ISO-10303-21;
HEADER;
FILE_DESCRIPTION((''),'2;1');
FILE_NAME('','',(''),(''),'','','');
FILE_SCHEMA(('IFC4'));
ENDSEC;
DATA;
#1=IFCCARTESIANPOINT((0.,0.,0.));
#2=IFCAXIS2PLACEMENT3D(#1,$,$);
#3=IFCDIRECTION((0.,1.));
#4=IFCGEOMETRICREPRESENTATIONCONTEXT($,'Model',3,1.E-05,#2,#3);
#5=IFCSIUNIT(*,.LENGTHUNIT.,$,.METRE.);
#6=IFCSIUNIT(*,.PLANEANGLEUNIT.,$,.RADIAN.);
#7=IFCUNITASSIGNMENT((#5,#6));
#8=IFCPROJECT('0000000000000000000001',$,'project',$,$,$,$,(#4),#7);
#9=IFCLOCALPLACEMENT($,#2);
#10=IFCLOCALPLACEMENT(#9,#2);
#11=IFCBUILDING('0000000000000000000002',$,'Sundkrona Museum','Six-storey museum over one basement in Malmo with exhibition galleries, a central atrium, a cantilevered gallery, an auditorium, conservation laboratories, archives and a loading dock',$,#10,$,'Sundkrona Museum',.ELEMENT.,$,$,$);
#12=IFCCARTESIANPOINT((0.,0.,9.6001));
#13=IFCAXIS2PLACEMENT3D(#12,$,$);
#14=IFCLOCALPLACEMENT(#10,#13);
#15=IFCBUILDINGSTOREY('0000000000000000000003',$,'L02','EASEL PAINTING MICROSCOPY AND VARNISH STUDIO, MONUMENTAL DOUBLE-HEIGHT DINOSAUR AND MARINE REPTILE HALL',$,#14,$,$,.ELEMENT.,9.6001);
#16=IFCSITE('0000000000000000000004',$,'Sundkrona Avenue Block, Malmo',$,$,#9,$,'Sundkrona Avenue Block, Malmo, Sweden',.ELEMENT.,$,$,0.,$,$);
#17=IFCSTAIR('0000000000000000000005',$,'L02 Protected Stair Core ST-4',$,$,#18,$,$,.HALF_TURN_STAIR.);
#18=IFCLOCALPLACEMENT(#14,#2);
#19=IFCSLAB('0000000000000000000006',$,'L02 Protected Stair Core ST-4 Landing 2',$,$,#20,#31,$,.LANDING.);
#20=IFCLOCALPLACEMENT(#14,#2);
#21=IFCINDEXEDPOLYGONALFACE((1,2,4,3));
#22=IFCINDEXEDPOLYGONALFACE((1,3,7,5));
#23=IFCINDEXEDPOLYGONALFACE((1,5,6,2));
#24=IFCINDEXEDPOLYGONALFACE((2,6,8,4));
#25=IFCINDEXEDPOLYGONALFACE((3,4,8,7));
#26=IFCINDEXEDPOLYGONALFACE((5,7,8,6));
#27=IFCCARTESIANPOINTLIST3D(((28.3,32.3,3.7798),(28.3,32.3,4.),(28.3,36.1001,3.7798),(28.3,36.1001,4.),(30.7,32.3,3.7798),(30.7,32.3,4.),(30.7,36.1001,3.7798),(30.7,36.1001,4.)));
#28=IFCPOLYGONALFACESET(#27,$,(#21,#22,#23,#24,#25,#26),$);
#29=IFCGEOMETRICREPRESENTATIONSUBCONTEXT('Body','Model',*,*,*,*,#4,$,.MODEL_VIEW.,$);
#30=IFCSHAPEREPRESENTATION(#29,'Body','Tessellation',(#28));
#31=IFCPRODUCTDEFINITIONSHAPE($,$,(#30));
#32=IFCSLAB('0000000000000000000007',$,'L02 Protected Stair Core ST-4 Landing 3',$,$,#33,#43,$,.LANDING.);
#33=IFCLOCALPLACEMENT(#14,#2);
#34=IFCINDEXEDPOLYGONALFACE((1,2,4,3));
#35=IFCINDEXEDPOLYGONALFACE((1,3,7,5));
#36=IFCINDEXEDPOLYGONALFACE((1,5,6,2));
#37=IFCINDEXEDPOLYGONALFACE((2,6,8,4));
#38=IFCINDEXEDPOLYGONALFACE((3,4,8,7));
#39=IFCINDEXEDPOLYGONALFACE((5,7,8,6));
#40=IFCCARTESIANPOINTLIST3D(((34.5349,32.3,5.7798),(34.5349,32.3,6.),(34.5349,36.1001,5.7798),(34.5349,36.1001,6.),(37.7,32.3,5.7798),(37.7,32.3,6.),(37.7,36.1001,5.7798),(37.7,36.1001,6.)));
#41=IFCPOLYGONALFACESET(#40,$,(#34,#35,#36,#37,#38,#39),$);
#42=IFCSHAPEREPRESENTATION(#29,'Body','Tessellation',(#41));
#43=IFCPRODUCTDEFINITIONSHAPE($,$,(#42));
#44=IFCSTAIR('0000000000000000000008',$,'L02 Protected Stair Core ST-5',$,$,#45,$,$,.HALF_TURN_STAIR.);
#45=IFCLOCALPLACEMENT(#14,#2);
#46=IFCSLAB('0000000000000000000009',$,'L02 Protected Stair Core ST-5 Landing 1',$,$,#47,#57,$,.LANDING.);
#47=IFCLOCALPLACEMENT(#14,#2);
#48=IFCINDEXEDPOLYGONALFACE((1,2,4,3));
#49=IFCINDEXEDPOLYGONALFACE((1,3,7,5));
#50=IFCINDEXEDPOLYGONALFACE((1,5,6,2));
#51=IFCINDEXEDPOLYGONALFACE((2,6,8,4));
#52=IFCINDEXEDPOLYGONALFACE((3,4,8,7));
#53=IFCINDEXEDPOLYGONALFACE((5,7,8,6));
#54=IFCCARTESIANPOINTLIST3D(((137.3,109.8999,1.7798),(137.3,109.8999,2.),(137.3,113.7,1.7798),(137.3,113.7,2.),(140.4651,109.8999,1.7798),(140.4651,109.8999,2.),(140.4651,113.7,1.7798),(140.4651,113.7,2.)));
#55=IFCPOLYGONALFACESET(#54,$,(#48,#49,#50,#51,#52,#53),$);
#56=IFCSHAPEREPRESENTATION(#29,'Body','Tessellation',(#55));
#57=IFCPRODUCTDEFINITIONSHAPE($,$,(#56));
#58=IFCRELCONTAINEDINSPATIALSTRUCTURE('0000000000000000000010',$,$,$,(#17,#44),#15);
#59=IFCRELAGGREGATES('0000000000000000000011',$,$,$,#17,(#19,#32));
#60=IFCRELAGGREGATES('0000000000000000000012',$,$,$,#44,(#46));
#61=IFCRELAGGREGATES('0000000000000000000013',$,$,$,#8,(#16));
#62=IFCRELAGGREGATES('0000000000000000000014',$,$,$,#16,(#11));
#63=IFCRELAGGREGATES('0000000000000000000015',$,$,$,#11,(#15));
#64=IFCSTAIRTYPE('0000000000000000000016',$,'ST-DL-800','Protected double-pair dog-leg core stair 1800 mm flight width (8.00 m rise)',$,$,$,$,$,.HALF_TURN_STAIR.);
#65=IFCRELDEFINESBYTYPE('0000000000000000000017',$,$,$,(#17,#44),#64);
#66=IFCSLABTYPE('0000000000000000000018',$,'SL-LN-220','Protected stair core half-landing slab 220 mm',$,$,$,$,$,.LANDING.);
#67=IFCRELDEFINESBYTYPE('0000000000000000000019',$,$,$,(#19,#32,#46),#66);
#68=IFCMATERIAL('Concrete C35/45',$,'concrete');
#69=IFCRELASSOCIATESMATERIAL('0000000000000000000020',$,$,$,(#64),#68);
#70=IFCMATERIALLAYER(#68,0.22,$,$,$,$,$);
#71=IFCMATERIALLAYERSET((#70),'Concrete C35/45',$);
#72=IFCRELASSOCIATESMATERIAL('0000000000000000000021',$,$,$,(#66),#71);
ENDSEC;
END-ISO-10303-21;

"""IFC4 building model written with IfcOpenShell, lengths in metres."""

from ifc_helpers import new_model, si_unit, direction, frame, origin, place, context, subcontext, project, spatial, polyline, outline, extrude, material, layer, layer_set, type_object, element, aggregate, save


model = new_model("IFC4")

# Units and contexts
model_context = context("Model", 3, precision=1e-05, world=origin(), true_north=direction((0.0, 1.0)))
body_context = subcontext(model_context, "Body", "Model", "MODEL_VIEW")
ifc_project = project(units=[si_unit("LENGTHUNIT", "METRE"), si_unit("PLANEANGLEUNIT", "RADIAN")], contexts=[model_context])

# Site, building, storey
site_placement = place(None, origin())
site = spatial("IfcSite", under=ifc_project, at=site_placement, Name="Sundkrona Avenue Block, Malmo", LongName="Sundkrona Avenue Block, Malmo, Sweden", CompositionType="ELEMENT", RefElevation=0.0)
building_placement = place(site_placement, origin())
building = spatial("IfcBuilding", under=site, at=building_placement, Name="Sundkrona Museum", Description="Six-storey museum over one basement in Malmo with exhibition galleries, a central atrium, a cantilevered gallery, an auditorium, conservation laboratories, archives and a loading dock", LongName="Sundkrona Museum", CompositionType="ELEMENT")
storey_placement = place(building_placement, frame((0.0, 0.0, 9.6001)))
storey = spatial("IfcBuildingStorey", under=building, at=storey_placement, Name="L02", Description="EASEL PAINTING MICROSCOPY AND VARNISH STUDIO, MONUMENTAL DOUBLE-HEIGHT DINOSAUR AND MARINE REPTILE HALL", CompositionType="ELEMENT", Elevation=9.6001)

# Shared definitions
ifc_material = material(Name="Concrete C35/45", Category="concrete")

# Stair, slabs
stair_type = type_object("IfcStairType", Name="ST-DL-800", Description="Protected double-pair dog-leg core stair 1800 mm flight width (8.00 m rise)", PredefinedType="HALF_TURN_STAIR", material=ifc_material)
ifc_layer_1 = layer(ifc_material, 0.22)
ifc_layer_set_1 = layer_set([ifc_layer_1], Name="Concrete C35/45")
slab_type_1 = type_object("IfcSlabType", Name="SL-LN-220", Description="Protected stair core half-landing slab 220 mm", PredefinedType="LANDING", material=ifc_layer_set_1)
stair_1_placement = place(storey_placement, origin())
stair_1 = element("IfcStair", 1, at=stair_1_placement, inside=storey, type_object=stair_type, Name="L02 Protected Stair Core ST-4", PredefinedType="HALF_TURN_STAIR")
slab_1_placement = place(storey_placement, frame((0.0, 0.0, 3.7798)))
slab_1 = element("IfcSlab", 2, at=slab_1_placement, type_object=slab_type_1, Name="L02 Protected Stair Core ST-4 Landing 2", PredefinedType="LANDING", context=body_context, shape_type="SweptSolid", body=[
    extrude(outline(polyline([(28.3, 32.3), (30.7, 32.3), (30.7, 36.1001), (28.3, 36.1001), (28.3, 32.3)])), origin(), (0.0, 0.0, 1.0), 0.2202),
])
slab_2_placement = place(storey_placement, frame((0.0, 0.0, 5.7798)))
slab_2 = element("IfcSlab", 3, at=slab_2_placement, type_object=slab_type_1, Name="L02 Protected Stair Core ST-4 Landing 3", PredefinedType="LANDING", context=body_context, shape_type="SweptSolid", body=[
    extrude(outline(polyline([(34.5349, 32.3), (37.7, 32.3), (37.7, 36.1001), (34.5349, 36.1001), (34.5349, 32.3)])), origin(), (0.0, 0.0, 1.0), 0.2202),
])
aggregate(stair_1, [slab_1, slab_2])

# Stair, slab
stair_2_placement = place(storey_placement, origin())
stair_2 = element("IfcStair", 4, at=stair_2_placement, inside=storey, type_object=stair_type, Name="L02 Protected Stair Core ST-5", PredefinedType="HALF_TURN_STAIR")
slab_3_placement = place(storey_placement, frame((0.0, 0.0, 1.7798)))
slab_3 = element("IfcSlab", 5, at=slab_3_placement, type_object=slab_type_1, Name="L02 Protected Stair Core ST-5 Landing 1", PredefinedType="LANDING", context=body_context, shape_type="SweptSolid", body=[
    extrude(outline(polyline([(140.4651, 113.7), (137.3, 113.7), (137.3, 109.8999), (140.4651, 109.8999), (140.4651, 113.7)])), origin(), (0.0, 0.0, 1.0), 0.2202),
])
aggregate(stair_2, [slab_3])

save(model, "model.ifc")
